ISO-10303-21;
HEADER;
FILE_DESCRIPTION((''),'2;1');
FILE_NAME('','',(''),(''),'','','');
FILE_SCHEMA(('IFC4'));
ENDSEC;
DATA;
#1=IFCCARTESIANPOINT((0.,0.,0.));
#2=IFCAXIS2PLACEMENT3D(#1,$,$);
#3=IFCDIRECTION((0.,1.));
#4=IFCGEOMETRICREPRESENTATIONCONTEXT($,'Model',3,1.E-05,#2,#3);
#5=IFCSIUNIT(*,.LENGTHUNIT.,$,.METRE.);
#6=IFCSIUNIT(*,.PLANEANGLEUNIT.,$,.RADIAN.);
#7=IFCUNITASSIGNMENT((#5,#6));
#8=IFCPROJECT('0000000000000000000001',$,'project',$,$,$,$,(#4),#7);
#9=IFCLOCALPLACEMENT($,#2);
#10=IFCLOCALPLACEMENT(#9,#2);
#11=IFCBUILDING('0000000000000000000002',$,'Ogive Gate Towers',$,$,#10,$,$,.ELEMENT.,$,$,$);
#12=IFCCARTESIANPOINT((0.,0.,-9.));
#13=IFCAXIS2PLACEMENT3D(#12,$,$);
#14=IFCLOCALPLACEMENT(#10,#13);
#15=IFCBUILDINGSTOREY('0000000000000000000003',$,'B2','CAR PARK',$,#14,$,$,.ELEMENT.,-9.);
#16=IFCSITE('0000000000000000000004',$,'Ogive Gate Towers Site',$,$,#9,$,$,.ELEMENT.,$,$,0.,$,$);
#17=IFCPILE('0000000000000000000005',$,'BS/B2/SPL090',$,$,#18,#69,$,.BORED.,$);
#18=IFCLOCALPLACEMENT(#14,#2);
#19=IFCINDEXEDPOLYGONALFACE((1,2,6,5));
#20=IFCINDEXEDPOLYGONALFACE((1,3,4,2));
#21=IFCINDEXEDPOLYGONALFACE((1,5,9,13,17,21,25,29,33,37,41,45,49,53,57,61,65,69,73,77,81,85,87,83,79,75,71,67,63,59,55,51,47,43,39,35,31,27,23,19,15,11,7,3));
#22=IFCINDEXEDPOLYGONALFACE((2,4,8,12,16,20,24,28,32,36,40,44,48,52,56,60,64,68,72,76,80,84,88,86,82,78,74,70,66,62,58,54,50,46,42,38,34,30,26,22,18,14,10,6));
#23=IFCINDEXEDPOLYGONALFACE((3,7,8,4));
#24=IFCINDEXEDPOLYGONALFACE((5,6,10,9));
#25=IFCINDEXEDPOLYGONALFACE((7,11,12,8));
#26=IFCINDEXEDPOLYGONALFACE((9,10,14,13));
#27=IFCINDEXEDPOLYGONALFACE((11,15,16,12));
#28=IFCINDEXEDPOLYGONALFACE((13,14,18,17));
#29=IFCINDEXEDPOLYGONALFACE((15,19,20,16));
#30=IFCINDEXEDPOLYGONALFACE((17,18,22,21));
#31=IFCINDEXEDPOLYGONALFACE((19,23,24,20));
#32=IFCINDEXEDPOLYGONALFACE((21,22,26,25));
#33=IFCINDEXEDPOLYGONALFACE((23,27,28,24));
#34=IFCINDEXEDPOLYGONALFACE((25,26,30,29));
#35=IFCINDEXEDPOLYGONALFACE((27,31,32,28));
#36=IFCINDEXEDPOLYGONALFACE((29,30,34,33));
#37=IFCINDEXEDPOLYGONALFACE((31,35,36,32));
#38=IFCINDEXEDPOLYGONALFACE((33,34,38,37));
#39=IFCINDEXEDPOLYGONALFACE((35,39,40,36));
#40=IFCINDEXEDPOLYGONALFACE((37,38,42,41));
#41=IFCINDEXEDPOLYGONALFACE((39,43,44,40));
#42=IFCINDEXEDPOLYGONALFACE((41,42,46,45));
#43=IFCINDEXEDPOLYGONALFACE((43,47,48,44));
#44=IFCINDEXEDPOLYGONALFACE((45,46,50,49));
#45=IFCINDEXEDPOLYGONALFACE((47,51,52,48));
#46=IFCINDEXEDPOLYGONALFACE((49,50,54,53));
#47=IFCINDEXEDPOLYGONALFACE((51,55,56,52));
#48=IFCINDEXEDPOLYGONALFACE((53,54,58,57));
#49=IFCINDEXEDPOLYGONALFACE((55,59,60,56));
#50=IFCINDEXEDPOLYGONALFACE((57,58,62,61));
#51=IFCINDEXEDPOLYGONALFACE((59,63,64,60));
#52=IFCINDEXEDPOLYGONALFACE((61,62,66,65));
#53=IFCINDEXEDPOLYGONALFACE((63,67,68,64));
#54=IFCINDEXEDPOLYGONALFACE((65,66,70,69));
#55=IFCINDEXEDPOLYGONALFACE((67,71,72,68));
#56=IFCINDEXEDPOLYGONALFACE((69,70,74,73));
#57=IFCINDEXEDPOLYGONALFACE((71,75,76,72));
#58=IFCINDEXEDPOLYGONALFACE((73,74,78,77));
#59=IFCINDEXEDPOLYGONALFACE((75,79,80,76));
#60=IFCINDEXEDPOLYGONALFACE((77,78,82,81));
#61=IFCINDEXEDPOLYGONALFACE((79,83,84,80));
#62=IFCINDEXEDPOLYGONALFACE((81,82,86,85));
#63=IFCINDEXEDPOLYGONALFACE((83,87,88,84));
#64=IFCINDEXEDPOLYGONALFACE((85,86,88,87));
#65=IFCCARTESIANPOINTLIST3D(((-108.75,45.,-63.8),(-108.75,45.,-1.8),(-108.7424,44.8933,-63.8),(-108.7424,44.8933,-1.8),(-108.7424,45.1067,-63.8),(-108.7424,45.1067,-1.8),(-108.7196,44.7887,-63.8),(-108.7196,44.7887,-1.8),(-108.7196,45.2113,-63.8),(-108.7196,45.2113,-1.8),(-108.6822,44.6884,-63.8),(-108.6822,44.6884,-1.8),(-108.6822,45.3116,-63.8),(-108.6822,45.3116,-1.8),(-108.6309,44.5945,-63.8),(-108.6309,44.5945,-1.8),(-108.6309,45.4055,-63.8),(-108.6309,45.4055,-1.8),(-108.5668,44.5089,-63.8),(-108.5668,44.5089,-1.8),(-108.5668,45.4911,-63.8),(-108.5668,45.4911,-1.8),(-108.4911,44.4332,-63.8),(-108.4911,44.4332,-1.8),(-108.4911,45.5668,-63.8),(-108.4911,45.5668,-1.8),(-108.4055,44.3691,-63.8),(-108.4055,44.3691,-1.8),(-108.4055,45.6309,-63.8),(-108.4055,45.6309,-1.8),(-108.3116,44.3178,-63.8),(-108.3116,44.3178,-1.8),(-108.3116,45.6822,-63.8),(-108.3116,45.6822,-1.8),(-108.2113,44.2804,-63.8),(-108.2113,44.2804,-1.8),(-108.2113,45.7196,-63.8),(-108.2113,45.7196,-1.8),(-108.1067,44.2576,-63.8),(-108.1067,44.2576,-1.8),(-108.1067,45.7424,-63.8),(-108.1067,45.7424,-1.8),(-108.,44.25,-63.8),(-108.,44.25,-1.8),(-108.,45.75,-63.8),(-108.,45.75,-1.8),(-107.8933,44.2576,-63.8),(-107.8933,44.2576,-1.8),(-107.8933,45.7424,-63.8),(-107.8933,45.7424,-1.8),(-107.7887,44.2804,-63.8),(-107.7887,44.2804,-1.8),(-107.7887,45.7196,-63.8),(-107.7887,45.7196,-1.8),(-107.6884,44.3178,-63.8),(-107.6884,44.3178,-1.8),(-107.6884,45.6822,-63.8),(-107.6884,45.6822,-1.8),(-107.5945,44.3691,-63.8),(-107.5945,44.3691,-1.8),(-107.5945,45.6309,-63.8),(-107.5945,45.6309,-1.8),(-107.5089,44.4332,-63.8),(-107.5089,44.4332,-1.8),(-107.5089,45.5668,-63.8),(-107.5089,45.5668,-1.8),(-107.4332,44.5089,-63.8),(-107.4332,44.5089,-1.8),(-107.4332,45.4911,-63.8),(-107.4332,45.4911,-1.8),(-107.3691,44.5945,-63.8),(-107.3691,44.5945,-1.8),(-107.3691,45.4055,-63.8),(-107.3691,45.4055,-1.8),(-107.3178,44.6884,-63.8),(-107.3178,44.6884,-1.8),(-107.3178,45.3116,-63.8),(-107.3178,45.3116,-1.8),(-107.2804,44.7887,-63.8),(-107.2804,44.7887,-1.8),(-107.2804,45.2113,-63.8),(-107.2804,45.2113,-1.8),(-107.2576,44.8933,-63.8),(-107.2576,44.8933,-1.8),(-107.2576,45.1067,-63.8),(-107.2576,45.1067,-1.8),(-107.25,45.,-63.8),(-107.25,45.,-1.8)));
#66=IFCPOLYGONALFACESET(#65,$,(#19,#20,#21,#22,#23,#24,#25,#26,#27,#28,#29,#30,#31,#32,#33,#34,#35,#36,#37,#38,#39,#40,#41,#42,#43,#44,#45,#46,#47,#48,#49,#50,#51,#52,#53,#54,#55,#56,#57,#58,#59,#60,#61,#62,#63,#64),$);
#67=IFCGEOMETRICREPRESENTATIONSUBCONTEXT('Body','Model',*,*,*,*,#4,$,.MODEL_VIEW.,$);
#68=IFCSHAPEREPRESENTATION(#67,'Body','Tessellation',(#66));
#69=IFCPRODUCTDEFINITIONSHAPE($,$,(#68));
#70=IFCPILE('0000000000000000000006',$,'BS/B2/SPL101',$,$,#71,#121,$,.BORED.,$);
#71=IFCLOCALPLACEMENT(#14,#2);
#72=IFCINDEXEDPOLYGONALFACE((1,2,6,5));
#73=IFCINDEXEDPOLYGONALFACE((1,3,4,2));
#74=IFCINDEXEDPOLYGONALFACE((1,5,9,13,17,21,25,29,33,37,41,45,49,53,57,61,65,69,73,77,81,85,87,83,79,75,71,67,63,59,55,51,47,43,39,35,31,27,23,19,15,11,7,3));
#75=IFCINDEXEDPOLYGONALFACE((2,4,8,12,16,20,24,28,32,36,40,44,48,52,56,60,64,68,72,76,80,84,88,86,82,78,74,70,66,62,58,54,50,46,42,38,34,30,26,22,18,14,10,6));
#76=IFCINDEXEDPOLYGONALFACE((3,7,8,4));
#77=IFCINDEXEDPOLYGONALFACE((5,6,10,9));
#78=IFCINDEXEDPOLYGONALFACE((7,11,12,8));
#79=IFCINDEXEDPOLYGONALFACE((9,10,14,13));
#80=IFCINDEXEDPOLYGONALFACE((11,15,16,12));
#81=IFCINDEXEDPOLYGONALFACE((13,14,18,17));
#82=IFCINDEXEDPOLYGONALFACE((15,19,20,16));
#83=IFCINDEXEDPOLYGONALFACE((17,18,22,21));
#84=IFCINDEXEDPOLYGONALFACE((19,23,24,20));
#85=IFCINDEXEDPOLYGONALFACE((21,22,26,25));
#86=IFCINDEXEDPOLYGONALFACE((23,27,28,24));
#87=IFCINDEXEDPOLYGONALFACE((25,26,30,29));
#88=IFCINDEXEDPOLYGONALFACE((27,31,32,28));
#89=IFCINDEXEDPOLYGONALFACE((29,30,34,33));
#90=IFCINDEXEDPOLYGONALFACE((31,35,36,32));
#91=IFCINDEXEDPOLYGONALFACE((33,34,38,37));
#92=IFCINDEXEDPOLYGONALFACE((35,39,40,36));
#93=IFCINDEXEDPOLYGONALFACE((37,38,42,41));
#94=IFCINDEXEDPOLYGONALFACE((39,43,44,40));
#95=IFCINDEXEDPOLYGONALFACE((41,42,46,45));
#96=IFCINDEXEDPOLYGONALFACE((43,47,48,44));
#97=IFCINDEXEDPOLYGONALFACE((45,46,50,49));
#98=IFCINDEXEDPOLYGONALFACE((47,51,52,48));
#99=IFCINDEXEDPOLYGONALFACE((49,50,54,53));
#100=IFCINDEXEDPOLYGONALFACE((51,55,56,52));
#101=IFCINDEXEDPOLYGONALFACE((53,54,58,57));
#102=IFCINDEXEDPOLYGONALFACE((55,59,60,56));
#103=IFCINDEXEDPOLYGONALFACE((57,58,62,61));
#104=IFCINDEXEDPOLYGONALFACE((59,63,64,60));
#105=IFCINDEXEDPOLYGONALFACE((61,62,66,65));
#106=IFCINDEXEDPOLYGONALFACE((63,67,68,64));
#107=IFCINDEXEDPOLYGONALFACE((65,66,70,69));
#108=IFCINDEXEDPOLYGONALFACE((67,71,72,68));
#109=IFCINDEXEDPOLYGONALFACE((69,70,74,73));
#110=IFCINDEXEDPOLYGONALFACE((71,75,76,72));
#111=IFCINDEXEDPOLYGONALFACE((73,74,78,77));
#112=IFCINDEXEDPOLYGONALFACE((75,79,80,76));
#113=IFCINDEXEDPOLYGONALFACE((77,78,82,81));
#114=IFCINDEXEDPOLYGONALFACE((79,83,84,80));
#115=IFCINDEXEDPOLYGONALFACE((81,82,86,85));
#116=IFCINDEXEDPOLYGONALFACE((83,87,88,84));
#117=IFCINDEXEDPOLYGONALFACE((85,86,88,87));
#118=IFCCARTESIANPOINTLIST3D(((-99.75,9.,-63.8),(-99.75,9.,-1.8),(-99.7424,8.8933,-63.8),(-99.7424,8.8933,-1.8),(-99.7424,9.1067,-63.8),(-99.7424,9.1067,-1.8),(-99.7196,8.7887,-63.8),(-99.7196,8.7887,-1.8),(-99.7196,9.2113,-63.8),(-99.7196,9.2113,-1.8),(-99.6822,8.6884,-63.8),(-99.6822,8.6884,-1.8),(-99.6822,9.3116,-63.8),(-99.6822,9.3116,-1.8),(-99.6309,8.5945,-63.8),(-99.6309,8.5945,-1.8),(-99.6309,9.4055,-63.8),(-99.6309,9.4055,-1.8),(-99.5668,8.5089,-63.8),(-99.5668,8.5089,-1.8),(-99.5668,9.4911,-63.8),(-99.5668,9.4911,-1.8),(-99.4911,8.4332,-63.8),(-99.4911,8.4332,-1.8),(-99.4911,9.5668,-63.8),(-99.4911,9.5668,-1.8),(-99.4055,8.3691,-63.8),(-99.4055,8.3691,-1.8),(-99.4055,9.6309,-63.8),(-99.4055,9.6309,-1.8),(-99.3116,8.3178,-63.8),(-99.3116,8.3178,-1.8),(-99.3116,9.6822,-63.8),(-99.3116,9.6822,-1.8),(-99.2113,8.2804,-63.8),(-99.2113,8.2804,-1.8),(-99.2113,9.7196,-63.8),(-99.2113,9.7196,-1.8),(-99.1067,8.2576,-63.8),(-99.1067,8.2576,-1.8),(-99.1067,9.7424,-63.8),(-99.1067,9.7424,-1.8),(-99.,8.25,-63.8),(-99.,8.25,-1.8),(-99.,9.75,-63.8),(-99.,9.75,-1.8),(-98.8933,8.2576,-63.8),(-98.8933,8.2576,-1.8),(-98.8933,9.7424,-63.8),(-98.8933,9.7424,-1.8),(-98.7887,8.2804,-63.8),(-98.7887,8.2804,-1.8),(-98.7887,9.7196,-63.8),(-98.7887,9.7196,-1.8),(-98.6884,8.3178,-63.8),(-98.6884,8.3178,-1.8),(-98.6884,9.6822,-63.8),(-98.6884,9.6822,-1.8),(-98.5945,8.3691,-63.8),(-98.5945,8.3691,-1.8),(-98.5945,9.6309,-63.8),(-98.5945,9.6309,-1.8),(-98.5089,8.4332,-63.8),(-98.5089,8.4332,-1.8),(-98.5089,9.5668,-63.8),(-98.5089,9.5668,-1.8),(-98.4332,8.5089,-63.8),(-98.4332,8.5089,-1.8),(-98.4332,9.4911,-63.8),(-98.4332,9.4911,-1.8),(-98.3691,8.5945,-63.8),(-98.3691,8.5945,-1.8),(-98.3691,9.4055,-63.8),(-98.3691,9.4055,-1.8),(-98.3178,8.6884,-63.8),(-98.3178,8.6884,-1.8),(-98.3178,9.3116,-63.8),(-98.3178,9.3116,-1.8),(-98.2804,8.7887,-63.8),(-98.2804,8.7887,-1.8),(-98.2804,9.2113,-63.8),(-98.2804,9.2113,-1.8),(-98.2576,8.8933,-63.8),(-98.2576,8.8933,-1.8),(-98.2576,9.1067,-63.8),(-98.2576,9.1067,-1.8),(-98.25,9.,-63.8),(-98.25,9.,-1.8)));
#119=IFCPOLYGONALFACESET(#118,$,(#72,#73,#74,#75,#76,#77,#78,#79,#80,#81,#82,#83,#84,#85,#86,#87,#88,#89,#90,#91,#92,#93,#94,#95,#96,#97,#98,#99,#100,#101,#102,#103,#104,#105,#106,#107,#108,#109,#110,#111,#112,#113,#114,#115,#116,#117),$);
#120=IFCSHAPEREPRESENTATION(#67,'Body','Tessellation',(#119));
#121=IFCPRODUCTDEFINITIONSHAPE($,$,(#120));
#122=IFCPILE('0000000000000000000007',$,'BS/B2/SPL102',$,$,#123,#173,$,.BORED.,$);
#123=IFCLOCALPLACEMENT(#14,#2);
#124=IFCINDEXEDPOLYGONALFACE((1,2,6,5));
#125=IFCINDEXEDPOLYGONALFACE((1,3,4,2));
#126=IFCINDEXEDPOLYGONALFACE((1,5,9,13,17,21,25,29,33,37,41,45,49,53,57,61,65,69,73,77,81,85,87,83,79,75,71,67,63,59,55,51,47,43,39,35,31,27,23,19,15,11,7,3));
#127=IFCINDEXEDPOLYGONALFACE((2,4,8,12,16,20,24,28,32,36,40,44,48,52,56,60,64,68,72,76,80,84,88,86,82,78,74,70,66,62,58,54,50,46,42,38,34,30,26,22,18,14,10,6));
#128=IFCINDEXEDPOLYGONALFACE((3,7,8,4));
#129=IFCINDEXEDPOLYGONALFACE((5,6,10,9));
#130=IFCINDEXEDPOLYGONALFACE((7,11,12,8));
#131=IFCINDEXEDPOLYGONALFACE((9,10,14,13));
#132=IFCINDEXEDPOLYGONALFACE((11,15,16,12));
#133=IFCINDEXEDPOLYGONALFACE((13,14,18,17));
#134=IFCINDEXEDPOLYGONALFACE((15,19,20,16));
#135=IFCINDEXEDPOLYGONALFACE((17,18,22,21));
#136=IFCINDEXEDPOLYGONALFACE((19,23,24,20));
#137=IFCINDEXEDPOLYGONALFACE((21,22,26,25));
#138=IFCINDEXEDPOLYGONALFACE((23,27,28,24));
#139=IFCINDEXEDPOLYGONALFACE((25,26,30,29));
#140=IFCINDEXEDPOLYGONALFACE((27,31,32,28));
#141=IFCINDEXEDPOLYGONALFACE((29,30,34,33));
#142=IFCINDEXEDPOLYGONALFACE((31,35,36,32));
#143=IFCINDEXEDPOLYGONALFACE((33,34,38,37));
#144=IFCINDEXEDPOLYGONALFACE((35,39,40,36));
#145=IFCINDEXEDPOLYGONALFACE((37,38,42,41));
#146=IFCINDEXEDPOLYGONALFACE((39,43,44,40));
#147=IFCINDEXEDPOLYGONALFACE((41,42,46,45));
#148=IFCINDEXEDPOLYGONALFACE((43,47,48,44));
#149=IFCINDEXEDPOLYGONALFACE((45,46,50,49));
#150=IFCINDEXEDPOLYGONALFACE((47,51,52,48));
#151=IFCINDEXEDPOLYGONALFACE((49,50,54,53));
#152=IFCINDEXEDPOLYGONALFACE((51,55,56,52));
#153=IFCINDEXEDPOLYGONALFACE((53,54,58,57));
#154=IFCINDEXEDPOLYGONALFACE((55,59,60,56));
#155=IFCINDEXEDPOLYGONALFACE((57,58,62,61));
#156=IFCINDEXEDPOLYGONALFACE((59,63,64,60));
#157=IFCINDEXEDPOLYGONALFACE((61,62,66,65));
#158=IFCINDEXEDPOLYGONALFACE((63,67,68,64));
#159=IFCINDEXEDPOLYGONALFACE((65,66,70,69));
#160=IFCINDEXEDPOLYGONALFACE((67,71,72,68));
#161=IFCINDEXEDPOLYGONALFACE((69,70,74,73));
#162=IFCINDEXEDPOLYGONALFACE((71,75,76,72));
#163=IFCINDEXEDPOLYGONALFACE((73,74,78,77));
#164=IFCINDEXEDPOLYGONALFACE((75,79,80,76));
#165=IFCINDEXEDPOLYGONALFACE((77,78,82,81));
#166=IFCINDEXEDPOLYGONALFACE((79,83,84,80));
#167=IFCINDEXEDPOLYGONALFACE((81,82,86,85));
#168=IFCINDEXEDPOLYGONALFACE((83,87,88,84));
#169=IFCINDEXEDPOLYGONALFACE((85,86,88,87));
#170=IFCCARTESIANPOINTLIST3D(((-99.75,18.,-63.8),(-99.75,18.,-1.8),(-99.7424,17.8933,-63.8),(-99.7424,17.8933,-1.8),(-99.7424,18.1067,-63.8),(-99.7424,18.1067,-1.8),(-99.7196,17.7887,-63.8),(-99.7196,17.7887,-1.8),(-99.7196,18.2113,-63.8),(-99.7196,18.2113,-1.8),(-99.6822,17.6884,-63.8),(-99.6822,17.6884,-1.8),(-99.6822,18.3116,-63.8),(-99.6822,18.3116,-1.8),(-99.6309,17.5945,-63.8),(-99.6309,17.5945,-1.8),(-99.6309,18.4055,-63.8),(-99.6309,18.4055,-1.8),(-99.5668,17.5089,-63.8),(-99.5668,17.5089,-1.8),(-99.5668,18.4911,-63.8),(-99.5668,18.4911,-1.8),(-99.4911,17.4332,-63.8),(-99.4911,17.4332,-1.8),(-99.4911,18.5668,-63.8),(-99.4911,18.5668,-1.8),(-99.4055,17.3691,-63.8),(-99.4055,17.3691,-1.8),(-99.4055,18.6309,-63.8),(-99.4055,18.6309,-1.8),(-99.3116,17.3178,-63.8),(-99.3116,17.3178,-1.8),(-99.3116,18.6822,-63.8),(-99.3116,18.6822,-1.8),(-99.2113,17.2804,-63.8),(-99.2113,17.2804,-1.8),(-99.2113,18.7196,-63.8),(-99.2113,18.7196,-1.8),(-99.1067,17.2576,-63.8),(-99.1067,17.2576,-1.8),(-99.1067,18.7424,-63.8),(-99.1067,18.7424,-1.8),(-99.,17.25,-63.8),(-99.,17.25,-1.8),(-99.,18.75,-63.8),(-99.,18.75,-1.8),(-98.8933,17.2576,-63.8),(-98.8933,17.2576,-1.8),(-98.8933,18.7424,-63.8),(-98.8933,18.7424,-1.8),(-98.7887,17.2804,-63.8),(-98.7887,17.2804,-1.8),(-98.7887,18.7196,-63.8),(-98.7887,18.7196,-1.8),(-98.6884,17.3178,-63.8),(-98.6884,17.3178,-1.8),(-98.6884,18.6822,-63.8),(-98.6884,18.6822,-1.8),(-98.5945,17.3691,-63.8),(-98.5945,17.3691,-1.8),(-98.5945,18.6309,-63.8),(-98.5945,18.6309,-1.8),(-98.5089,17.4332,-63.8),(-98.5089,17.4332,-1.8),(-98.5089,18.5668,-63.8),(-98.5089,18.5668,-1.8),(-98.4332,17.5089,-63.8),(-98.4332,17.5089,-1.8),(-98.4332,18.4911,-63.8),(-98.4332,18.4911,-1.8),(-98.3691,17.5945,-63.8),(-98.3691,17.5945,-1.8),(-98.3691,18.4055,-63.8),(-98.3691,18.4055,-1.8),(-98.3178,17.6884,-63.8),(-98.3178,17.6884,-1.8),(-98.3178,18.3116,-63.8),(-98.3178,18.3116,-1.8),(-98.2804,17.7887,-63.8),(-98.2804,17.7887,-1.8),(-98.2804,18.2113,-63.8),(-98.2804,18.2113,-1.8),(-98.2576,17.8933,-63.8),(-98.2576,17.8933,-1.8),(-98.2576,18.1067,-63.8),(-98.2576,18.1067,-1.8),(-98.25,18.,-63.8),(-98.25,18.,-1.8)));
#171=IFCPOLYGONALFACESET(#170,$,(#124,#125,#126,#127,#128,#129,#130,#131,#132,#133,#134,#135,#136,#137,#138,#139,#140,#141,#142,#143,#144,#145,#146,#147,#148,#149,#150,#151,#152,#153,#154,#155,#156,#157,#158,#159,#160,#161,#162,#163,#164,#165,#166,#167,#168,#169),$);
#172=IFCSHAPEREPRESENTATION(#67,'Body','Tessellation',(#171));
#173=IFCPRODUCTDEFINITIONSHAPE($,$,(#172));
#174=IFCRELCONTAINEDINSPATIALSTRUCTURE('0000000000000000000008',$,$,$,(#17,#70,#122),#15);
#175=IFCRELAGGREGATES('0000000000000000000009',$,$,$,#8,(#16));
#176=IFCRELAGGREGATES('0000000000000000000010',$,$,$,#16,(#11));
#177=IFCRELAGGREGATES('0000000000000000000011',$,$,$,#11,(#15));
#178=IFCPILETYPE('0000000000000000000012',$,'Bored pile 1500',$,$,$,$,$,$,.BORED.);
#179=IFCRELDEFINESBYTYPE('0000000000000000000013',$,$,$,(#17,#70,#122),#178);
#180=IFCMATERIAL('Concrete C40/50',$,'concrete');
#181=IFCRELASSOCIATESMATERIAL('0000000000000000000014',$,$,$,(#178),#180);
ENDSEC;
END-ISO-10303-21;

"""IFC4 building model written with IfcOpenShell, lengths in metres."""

from ifc_helpers import new_model, si_unit, direction, frame, origin, origin_2d, place, context, subcontext, project, spatial, circle, extrude, material, material_profile, profile_set, type_object, element, save


model = new_model("IFC4")

# Units and contexts
model_context = context("Model", 3, precision=1e-05, world=origin(), true_north=direction((0.0, 1.0)))
body_context = subcontext(model_context, "Body", "Model", "MODEL_VIEW")
ifc_project = project(units=[si_unit("LENGTHUNIT", "METRE"), si_unit("PLANEANGLEUNIT", "RADIAN")], contexts=[model_context])

# Site, building, storey
site_placement = place(None, origin())
site = spatial("IfcSite", under=ifc_project, at=site_placement, Name="Ogive Gate Towers Site", CompositionType="ELEMENT", RefElevation=0.0)
building_placement = place(site_placement, origin())
building = spatial("IfcBuilding", under=site, at=building_placement, Name="Ogive Gate Towers", CompositionType="ELEMENT")
storey_placement = place(building_placement, frame((0.0, 0.0, -9.0)))
storey = spatial("IfcBuildingStorey", under=building, at=storey_placement, Name="B2", Description="CAR PARK", CompositionType="ELEMENT", Elevation=-9.0)

# Piles
ifc_material_1 = material(Name="Concrete C40/50", Category="concrete")
ifc_material_profile_1 = material_profile(ifc_material_1, circle(Radius=0.75, at=origin_2d()), Name="BP 1500")
ifc_profile_set_1 = profile_set([ifc_material_profile_1], Name="Concrete C40/50")
pile_type = type_object("IfcPileType", Name="Bored pile 1500", PredefinedType="BORED", material=ifc_profile_set_1)
for number, where, z_axis, x_axis, name in (
    (1, (-108.0, 45.0, -1.8), (0.0, 0.0, -1.0), (1.0, 0.0, 0.0), "BS/B2/SPL090"),
    (2, (-99.0, 9.0, -1.8), (0.0, 0.0, -1.0), (1.0, 0.0, 0.0), "BS/B2/SPL101"),
    (3, (-99.0, 18.0, -1.8), (0.0, 0.0, -1.0), (1.0, 0.0, 0.0), "BS/B2/SPL102"),
):
    element("IfcPile", number, at=place(storey_placement, frame(where, z_axis=z_axis, x_axis=x_axis)), inside=storey, type_object=pile_type, Name=name, PredefinedType="BORED", context=body_context, shape_type="SweptSolid", body=[
        extrude(circle(Radius=0.75, at=origin_2d()), origin(), (0.0, 0.0, 1.0), 62.0),
    ])

save(model, "model.ifc")
